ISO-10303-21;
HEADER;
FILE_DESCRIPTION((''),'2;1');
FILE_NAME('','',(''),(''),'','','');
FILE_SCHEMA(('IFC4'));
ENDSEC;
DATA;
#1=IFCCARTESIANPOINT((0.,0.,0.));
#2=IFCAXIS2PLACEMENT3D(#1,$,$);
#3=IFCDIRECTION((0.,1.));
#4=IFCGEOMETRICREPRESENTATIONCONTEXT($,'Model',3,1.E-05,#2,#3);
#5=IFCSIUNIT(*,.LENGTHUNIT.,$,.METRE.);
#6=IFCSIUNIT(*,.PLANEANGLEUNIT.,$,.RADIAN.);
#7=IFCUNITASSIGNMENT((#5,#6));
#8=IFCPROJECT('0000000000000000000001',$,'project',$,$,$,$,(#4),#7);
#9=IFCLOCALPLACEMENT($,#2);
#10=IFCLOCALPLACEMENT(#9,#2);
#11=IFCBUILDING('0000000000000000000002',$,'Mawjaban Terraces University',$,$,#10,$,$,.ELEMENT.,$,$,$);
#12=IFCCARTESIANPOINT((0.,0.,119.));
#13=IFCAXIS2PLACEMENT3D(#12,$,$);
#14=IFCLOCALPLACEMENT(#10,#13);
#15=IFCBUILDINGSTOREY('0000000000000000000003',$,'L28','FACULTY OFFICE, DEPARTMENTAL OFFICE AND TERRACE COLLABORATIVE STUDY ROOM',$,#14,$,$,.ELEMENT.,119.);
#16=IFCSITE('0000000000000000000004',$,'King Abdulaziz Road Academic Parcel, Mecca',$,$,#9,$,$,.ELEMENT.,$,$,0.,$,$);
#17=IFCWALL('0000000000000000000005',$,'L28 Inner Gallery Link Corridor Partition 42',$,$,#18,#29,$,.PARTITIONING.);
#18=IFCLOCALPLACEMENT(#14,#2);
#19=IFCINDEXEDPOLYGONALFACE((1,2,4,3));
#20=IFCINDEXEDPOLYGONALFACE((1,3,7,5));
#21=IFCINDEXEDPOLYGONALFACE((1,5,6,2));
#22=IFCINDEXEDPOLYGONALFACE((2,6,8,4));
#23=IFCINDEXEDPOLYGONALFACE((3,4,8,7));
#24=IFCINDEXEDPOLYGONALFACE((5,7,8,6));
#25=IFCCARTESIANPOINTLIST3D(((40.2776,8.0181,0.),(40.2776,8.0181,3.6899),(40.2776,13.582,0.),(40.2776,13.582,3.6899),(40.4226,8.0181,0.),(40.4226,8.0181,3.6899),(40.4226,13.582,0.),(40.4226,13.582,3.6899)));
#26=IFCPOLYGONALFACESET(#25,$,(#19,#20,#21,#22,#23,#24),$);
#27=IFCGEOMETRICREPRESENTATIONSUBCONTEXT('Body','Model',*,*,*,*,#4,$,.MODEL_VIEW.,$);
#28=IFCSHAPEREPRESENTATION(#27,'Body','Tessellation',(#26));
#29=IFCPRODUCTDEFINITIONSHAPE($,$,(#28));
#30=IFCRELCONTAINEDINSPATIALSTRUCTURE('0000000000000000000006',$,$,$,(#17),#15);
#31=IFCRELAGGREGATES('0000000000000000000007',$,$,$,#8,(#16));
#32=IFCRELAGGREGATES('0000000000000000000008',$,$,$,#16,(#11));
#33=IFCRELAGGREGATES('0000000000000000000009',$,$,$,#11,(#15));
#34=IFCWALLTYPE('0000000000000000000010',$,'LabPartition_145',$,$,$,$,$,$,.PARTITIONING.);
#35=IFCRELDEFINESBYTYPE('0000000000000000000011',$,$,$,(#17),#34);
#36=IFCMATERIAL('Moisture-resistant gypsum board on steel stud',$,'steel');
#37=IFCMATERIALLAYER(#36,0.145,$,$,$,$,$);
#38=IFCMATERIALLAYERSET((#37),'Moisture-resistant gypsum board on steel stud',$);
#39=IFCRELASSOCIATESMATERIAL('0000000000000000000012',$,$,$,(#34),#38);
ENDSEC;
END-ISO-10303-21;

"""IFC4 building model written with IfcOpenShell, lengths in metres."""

from ifc_helpers import new_model, si_unit, direction, frame, frame_2d, origin, place, context, subcontext, project, spatial, rectangle, extrude, material, layer, layer_set, type_object, element, save


model = new_model("IFC4")

# Units and contexts
model_context = context("Model", 3, precision=1e-05, world=origin(), true_north=direction((0.0, 1.0)))
body_context = subcontext(model_context, "Body", "Model", "MODEL_VIEW")
ifc_project = project(units=[si_unit("LENGTHUNIT", "METRE"), si_unit("PLANEANGLEUNIT", "RADIAN")], contexts=[model_context])

# Site, building, storey
site_placement = place(None, origin())
site = spatial("IfcSite", under=ifc_project, at=site_placement, Name="King Abdulaziz Road Academic Parcel, Mecca", CompositionType="ELEMENT", RefElevation=0.0)
building_placement = place(site_placement, origin())
building = spatial("IfcBuilding", under=site, at=building_placement, Name="Mawjaban Terraces University", CompositionType="ELEMENT")
storey_placement = place(building_placement, frame((0.0, 0.0, 119.0)))
storey = spatial("IfcBuildingStorey", under=building, at=storey_placement, Name="L28", Description="FACULTY OFFICE, DEPARTMENTAL OFFICE AND TERRACE COLLABORATIVE STUDY ROOM", CompositionType="ELEMENT", Elevation=119.0)

# Wall
ifc_material_1 = material(Name="Moisture-resistant gypsum board on steel stud", Category="steel")
ifc_layer_1 = layer(ifc_material_1, 0.145)
ifc_layer_set_1 = layer_set([ifc_layer_1], Name="Moisture-resistant gypsum board on steel stud")
wall_type_1 = type_object("IfcWallType", Name="LabPartition_145", PredefinedType="PARTITIONING", material=ifc_layer_set_1)
wall_1_placement = place(storey_placement, frame((40.3501, 8.0181, 0.0), z_axis=(0.0, 0.0, 1.0), x_axis=(0.0, 1.0, 0.0)))
element("IfcWall", 1, at=wall_1_placement, inside=storey, type_object=wall_type_1, Name="L28 Inner Gallery Link Corridor Partition 42", PredefinedType="PARTITIONING", context=body_context, shape_type="SweptSolid", body=[
    extrude(rectangle(XDim=5.564, YDim=0.145, at=frame_2d((2.782, 0.0))), origin(), (0.0, 0.0, 1.0), 3.6899),
])

save(model, "model.ifc")
